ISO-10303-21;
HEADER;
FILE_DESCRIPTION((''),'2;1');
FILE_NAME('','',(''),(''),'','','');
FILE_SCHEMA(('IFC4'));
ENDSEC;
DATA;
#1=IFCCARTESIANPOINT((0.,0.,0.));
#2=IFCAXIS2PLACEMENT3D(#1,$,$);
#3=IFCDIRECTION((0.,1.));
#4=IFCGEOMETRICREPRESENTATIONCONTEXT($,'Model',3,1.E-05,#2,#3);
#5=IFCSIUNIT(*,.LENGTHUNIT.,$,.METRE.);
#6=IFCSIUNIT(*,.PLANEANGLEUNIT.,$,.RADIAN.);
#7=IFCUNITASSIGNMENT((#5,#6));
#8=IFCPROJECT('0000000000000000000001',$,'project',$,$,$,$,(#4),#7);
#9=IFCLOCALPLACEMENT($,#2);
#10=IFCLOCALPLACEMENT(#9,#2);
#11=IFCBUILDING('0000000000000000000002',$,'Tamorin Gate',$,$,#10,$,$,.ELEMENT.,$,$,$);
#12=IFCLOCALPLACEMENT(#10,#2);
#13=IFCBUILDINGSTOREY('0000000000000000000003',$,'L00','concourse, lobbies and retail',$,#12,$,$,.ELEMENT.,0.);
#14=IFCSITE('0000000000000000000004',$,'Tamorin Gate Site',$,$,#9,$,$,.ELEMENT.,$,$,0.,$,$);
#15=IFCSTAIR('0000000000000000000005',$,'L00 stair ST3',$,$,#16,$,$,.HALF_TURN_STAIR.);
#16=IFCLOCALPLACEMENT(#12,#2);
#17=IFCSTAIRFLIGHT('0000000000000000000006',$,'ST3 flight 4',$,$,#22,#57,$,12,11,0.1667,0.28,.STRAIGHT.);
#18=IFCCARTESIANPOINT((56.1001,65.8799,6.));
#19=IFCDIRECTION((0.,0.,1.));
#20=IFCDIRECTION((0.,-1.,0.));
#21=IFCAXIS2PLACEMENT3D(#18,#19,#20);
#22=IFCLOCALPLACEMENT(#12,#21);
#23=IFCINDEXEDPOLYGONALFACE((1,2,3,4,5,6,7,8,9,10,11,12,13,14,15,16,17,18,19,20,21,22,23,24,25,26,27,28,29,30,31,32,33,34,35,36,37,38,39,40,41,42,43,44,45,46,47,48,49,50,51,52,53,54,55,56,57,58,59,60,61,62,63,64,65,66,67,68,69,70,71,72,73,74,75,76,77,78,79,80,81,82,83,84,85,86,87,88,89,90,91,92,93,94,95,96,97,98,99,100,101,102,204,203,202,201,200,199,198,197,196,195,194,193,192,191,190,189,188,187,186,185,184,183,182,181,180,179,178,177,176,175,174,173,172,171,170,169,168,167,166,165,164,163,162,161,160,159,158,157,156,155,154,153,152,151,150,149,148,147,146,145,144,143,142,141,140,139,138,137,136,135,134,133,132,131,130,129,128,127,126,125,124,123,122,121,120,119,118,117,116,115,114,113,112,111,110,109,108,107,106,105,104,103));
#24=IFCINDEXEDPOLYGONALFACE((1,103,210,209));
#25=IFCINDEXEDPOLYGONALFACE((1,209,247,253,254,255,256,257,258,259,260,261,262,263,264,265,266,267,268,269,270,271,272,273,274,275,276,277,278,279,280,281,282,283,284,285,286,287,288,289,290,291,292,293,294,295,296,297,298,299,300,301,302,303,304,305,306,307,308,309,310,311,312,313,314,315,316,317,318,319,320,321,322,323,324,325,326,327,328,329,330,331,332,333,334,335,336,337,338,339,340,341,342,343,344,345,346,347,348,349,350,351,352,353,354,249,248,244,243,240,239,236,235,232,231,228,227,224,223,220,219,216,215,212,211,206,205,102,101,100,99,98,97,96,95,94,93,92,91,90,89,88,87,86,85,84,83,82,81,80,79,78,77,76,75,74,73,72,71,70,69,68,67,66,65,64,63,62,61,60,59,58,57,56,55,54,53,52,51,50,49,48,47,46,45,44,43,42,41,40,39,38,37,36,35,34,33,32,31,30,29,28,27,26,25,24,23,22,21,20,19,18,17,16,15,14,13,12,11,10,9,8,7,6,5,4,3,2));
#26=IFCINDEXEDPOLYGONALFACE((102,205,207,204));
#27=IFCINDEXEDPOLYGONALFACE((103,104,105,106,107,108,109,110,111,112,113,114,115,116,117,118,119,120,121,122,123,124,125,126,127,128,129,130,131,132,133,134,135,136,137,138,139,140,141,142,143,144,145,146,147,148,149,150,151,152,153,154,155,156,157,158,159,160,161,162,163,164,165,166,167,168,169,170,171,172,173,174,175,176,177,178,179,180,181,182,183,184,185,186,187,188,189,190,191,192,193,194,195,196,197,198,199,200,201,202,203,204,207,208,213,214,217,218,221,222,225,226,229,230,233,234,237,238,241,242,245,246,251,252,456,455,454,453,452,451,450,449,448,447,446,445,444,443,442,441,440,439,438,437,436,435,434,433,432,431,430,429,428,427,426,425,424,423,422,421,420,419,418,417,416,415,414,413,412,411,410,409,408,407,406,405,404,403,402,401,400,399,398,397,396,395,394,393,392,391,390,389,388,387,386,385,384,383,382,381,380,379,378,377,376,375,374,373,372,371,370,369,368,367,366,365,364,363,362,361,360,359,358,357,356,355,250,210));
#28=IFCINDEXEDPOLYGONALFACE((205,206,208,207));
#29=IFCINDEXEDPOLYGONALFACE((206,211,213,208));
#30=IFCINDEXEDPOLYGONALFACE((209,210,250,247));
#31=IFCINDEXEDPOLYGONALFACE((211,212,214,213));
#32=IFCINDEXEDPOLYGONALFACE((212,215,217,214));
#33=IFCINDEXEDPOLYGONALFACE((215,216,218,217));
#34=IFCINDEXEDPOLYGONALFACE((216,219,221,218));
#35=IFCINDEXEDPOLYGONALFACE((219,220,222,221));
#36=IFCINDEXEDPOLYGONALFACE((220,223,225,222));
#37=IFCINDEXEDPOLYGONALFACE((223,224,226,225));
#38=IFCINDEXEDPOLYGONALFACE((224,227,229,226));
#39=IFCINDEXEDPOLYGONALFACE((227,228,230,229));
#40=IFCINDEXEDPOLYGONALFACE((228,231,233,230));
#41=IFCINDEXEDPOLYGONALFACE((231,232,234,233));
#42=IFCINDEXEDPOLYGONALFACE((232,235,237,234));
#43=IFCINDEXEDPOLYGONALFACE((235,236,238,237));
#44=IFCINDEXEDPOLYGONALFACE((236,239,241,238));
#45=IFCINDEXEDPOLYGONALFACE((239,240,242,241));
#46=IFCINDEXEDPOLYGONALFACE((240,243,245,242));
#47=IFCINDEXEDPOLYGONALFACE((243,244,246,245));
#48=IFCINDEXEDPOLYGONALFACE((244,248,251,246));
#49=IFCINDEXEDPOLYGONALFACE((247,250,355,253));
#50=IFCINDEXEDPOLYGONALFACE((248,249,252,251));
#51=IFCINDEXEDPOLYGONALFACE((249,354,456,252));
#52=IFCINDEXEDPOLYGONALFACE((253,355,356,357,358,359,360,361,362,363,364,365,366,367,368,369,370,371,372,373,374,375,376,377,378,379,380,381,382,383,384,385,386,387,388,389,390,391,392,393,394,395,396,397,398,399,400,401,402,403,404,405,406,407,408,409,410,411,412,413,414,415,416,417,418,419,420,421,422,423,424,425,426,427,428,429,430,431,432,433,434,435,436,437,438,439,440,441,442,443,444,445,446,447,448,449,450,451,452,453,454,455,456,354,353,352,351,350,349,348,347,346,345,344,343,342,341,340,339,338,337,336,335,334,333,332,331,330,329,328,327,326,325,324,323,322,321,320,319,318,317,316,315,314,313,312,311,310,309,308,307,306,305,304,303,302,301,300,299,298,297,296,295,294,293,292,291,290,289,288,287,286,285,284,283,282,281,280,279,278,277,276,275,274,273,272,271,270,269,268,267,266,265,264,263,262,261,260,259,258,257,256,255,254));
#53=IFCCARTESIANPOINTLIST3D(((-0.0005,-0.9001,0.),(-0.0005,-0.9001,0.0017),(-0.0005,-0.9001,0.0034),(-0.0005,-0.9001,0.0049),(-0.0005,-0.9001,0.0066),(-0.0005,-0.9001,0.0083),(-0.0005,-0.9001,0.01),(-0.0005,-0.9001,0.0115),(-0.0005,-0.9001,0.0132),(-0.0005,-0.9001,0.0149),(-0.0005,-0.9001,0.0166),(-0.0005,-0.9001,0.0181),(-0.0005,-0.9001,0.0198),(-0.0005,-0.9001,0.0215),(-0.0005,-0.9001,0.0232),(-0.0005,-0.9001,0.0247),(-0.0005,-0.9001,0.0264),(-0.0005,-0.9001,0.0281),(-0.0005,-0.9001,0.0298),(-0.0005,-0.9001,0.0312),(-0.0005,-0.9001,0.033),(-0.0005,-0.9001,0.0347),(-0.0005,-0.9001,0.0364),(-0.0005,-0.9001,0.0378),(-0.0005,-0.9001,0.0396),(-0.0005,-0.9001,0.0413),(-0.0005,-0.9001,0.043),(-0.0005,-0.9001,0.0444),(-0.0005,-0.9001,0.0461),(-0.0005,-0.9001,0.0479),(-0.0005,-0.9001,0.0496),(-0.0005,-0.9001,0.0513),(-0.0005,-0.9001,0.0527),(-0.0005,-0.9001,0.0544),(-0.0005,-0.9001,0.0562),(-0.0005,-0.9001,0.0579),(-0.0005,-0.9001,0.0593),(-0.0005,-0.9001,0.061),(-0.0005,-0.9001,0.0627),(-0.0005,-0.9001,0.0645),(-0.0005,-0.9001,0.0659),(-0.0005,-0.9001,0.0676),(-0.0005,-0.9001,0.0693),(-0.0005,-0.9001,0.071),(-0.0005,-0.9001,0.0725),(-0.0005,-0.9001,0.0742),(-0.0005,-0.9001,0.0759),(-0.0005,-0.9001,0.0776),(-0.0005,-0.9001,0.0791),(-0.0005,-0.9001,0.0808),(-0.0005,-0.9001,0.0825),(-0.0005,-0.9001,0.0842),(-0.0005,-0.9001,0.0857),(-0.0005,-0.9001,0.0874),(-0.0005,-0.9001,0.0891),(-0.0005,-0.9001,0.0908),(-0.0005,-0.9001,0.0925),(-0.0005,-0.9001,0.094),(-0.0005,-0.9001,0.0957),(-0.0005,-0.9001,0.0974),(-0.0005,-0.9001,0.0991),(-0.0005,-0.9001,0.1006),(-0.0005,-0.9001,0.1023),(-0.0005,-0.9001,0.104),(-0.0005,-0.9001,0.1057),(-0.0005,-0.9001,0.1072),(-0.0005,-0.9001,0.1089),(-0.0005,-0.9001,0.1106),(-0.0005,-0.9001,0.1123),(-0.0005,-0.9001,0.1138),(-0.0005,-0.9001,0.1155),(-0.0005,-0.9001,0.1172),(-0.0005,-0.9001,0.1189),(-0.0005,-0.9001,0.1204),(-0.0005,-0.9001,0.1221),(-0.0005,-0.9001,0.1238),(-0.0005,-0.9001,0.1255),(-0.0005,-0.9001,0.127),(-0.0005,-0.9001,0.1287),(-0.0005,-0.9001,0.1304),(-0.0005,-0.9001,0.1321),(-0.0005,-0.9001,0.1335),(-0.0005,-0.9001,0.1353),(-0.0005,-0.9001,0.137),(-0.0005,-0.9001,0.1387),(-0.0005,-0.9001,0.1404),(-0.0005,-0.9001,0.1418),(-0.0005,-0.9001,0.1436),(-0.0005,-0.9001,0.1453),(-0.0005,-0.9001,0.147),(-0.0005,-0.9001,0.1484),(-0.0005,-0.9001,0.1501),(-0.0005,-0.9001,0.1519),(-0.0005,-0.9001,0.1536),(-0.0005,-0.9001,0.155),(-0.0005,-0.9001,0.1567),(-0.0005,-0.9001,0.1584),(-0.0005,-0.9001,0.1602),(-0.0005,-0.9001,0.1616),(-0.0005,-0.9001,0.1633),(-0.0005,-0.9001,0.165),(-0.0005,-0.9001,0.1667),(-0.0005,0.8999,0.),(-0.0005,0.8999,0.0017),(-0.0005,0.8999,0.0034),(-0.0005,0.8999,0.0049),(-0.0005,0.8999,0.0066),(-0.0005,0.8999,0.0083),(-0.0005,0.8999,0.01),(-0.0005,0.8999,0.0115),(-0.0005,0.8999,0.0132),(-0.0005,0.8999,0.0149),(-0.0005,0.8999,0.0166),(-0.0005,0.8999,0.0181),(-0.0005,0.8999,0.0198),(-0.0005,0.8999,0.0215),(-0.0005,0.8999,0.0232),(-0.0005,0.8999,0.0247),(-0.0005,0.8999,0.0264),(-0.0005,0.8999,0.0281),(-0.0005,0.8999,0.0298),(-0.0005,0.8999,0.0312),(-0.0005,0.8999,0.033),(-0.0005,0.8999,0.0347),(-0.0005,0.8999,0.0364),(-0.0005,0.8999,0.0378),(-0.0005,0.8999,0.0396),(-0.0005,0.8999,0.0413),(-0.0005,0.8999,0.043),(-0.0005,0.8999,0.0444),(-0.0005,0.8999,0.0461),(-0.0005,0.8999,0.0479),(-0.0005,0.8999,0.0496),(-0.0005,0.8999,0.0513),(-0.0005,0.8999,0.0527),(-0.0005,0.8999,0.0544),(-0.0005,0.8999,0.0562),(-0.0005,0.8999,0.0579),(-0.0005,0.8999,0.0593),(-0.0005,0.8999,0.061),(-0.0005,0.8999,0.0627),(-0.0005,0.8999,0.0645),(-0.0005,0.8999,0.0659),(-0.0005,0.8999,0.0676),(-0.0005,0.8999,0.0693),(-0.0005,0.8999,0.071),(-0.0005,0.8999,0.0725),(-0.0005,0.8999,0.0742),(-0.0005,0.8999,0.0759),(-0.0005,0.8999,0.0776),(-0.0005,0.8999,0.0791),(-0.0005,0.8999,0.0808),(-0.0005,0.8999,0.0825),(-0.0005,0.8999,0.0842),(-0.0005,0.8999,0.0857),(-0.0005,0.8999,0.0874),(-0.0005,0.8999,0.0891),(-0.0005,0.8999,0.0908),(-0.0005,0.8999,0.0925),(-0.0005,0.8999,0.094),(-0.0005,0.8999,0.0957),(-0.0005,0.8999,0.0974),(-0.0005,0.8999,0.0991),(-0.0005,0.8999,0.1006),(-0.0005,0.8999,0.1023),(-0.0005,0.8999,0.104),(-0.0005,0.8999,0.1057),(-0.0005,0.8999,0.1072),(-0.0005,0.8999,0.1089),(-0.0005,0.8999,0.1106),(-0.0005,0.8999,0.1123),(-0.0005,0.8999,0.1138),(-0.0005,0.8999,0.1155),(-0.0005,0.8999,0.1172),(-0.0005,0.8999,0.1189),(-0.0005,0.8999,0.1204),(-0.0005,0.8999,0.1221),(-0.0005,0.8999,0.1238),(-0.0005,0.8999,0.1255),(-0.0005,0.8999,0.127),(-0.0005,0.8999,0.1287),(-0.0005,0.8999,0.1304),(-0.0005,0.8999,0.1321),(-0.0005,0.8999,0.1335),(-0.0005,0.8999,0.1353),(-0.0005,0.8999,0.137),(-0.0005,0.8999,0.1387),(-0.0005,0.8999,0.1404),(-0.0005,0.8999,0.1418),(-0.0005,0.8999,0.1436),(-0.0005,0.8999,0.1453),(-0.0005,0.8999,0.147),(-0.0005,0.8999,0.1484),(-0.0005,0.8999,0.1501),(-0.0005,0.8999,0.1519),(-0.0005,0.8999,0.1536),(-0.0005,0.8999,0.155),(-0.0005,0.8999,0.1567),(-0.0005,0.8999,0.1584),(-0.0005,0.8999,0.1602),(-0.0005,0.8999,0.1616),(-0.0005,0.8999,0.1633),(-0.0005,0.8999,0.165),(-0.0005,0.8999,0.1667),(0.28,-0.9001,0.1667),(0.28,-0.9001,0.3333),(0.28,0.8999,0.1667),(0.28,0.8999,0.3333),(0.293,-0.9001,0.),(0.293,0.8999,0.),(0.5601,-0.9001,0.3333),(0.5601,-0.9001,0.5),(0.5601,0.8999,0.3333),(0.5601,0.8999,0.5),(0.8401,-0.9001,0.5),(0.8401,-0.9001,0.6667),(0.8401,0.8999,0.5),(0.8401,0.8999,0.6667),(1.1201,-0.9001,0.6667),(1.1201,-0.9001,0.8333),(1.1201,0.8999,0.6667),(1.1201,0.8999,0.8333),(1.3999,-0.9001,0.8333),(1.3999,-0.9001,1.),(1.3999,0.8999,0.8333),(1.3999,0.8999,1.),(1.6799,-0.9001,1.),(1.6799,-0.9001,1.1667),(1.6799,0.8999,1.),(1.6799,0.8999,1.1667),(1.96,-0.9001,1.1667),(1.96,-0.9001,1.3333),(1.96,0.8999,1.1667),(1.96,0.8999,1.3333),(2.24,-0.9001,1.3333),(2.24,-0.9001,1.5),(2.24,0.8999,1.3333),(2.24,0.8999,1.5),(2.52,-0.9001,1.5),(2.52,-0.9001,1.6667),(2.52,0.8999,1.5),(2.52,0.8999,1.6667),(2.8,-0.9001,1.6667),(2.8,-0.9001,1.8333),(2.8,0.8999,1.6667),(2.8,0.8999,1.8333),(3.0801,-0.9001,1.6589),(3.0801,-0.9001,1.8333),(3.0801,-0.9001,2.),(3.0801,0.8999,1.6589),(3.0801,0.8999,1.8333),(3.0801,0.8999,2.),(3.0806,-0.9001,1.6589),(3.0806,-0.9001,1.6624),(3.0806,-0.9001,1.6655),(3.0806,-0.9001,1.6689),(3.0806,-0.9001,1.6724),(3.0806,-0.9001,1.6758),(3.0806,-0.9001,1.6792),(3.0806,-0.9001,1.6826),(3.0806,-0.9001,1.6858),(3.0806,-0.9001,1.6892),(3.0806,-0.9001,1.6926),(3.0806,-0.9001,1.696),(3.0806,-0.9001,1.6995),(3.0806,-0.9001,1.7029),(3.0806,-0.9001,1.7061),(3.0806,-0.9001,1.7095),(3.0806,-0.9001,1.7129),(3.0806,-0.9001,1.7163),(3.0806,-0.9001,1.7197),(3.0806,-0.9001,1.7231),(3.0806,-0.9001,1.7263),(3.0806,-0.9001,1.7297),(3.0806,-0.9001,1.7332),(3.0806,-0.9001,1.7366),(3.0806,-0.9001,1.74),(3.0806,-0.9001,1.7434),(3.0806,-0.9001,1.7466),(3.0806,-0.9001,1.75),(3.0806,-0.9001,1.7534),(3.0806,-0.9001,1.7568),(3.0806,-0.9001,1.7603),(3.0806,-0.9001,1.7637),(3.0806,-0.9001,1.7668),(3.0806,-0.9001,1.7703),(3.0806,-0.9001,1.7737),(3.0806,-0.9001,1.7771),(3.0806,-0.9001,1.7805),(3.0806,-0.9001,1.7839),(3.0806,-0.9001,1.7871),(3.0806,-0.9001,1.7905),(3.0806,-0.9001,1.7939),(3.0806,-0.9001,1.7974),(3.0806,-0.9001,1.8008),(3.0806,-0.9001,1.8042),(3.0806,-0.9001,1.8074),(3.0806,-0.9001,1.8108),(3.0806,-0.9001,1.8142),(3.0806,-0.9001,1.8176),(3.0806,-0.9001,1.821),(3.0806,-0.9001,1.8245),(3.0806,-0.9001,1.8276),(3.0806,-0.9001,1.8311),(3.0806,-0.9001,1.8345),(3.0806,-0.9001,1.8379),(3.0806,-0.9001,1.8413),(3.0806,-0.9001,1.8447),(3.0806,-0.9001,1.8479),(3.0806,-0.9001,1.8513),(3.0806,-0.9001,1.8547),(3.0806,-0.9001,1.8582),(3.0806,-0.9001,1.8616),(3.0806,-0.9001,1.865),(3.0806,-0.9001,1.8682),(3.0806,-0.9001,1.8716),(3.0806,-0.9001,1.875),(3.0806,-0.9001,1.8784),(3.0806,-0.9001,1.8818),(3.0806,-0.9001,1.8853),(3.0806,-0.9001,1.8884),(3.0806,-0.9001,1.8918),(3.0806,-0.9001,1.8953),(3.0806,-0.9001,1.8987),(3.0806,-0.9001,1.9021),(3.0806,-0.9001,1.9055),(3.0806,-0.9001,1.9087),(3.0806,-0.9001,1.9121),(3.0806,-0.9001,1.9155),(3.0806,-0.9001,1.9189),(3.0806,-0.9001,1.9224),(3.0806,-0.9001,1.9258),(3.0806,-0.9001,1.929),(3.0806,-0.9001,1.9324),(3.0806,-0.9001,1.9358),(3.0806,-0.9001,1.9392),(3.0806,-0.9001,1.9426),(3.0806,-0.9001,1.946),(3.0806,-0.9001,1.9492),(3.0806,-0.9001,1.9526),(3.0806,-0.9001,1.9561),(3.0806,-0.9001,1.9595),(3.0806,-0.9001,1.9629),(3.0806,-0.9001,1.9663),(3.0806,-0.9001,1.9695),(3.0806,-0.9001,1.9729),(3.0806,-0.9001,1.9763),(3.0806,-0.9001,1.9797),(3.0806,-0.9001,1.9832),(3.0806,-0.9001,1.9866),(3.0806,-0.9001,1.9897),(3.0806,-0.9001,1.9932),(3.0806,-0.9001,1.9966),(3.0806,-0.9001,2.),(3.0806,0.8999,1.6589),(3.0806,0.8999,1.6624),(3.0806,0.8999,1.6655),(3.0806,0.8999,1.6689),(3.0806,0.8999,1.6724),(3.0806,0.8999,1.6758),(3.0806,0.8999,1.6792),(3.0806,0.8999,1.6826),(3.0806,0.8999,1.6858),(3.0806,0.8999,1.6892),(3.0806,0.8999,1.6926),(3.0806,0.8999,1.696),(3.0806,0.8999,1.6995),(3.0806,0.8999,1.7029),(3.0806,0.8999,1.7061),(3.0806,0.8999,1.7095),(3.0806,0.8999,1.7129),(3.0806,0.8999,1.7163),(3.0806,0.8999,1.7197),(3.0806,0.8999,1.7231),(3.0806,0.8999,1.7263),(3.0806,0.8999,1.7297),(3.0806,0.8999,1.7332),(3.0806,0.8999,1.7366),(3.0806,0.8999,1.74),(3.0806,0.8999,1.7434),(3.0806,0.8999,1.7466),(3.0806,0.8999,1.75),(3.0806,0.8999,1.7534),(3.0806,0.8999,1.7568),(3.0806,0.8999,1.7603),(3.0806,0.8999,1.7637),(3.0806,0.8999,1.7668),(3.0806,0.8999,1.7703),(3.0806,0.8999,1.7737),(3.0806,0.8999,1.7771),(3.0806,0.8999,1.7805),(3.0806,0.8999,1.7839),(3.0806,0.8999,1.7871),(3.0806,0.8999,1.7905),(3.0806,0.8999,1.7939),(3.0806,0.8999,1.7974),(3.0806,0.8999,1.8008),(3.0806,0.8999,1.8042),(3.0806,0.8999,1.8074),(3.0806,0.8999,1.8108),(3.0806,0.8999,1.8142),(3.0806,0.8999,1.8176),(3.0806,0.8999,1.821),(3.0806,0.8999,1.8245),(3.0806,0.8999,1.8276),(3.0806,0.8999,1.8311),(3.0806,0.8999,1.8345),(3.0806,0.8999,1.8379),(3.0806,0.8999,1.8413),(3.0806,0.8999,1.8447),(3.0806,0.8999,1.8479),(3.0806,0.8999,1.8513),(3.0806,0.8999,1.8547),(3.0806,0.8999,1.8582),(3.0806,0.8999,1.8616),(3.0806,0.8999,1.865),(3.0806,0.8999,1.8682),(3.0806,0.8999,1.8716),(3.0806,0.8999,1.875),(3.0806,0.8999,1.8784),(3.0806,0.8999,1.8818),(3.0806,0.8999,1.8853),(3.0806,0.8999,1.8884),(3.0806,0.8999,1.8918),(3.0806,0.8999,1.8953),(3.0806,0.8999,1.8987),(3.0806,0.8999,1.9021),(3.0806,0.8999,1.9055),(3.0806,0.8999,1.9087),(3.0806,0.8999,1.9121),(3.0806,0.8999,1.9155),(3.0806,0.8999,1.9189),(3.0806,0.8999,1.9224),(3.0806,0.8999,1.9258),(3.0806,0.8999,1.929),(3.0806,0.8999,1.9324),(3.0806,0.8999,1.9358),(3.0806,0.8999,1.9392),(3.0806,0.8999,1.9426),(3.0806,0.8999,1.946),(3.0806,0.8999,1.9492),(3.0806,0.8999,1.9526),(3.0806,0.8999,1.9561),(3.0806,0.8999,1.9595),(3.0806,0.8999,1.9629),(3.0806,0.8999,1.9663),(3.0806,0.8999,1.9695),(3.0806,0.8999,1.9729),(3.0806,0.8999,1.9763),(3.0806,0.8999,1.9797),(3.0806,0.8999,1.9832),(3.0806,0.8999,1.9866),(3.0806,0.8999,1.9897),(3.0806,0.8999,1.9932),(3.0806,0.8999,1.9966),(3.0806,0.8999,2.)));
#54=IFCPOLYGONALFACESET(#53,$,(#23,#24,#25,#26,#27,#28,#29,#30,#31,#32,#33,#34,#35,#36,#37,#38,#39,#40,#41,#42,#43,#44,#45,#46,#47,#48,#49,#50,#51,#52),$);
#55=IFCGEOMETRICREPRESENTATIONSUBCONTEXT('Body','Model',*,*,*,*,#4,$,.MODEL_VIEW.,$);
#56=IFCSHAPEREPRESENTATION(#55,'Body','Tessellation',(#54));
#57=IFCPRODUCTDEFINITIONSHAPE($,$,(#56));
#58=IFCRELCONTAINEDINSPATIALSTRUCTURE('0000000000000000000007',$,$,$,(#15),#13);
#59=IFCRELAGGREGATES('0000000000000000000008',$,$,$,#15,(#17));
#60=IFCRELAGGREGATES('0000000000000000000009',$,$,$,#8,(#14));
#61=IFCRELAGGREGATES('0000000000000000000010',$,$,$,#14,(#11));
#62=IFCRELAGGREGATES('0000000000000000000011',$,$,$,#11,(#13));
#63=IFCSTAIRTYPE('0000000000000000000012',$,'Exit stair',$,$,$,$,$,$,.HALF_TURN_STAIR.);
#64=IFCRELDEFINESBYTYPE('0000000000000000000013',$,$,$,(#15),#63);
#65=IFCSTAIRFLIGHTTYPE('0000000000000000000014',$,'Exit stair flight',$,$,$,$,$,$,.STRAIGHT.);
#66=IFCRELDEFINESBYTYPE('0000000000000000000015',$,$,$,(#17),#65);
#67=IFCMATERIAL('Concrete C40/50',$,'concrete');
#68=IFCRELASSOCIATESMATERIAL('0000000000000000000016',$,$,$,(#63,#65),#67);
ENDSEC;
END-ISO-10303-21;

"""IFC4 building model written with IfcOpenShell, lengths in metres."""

from ifc_helpers import new_model, si_unit, direction, frame, origin, place, context, subcontext, project, spatial, polyline, outline, extrude, material, type_object, element, aggregate, save


model = new_model("IFC4")

# Units and contexts
model_context = context("Model", 3, precision=1e-05, world=origin(), true_north=direction((0.0, 1.0)))
body_context = subcontext(model_context, "Body", "Model", "MODEL_VIEW")
ifc_project = project(units=[si_unit("LENGTHUNIT", "METRE"), si_unit("PLANEANGLEUNIT", "RADIAN")], contexts=[model_context])

# Site, building, storey
site_placement = place(None, origin())
site = spatial("IfcSite", under=ifc_project, at=site_placement, Name="Tamorin Gate Site", CompositionType="ELEMENT", RefElevation=0.0)
building_placement = place(site_placement, origin())
building = spatial("IfcBuilding", under=site, at=building_placement, Name="Tamorin Gate", CompositionType="ELEMENT")
storey_placement = place(building_placement, origin())
storey = spatial("IfcBuildingStorey", under=building, at=storey_placement, Name="L00", Description="concourse, lobbies and retail", CompositionType="ELEMENT", Elevation=0.0)

# Shared definitions
ifc_material_1 = material(Name="Concrete C40/50", Category="concrete")

# Stair, stair flight
stair_type = type_object("IfcStairType", Name="Exit stair", PredefinedType="HALF_TURN_STAIR", material=ifc_material_1)
stair_placement = place(storey_placement, origin())
stair = element("IfcStair", 1, at=stair_placement, inside=storey, type_object=stair_type, Name="L00 stair ST3", PredefinedType="HALF_TURN_STAIR")
stair_flight_type = type_object("IfcStairFlightType", Name="Exit stair flight", PredefinedType="STRAIGHT", material=ifc_material_1)
stair_flight_1_placement = place(storey_placement, frame((56.1001, 65.8799, 6.0), z_axis=(0.0, 0.0, 1.0), x_axis=(0.0, -1.0, 0.0)))
stair_flight_1 = element("IfcStairFlight", 2, at=stair_flight_1_placement, type_object=stair_flight_type, Name="ST3 flight 4", NumberOfRisers=12, NumberOfTreads=11, PredefinedType="STRAIGHT", RiserHeight=0.1667, TreadLength=0.28, context=body_context, shape_type="SweptSolid", body=[
    extrude(outline(polyline([(-0.0005, 0.0), (-0.0005, 0.0017), (-0.0005, 0.0034), (-0.0005, 0.0049), (-0.0005, 0.0066), (-0.0005, 0.0083), (-0.0005, 0.01), (-0.0005, 0.0115), (-0.0005, 0.0132), (-0.0005, 0.0149), (-0.0005, 0.0166), (-0.0005, 0.0181), (-0.0005, 0.0198), (-0.0005, 0.0215), (-0.0005, 0.0232), (-0.0005, 0.0247), (-0.0005, 0.0264), (-0.0005, 0.0281), (-0.0005, 0.0298), (-0.0005, 0.0312), (-0.0005, 0.033), (-0.0005, 0.0347), (-0.0005, 0.0364), (-0.0005, 0.0378), (-0.0005, 0.0396), (-0.0005, 0.0413), (-0.0005, 0.043), (-0.0005, 0.0444), (-0.0005, 0.0461), (-0.0005, 0.0479), (-0.0005, 0.0496), (-0.0005, 0.0513), (-0.0005, 0.0527), (-0.0005, 0.0544), (-0.0005, 0.0562), (-0.0005, 0.0579), (-0.0005, 0.0593), (-0.0005, 0.061), (-0.0005, 0.0627), (-0.0005, 0.0645), (-0.0005, 0.0659), (-0.0005, 0.0676), (-0.0005, 0.0693), (-0.0005, 0.071), (-0.0005, 0.0725), (-0.0005, 0.0742), (-0.0005, 0.0759), (-0.0005, 0.0776), (-0.0005, 0.0791), (-0.0005, 0.0808), (-0.0005, 0.0825), (-0.0005, 0.0842), (-0.0005, 0.0857), (-0.0005, 0.0874), (-0.0005, 0.0891), (-0.0005, 0.0908), (-0.0005, 0.0925), (-0.0005, 0.094), (-0.0005, 0.0957), (-0.0005, 0.0974), (-0.0005, 0.0991), (-0.0005, 0.1006), (-0.0005, 0.1023), (-0.0005, 0.104), (-0.0005, 0.1057), (-0.0005, 0.1072), (-0.0005, 0.1089), (-0.0005, 0.1106), (-0.0005, 0.1123), (-0.0005, 0.1138), (-0.0005, 0.1155), (-0.0005, 0.1172), (-0.0005, 0.1189), (-0.0005, 0.1204), (-0.0005, 0.1221), (-0.0005, 0.1238), (-0.0005, 0.1255), (-0.0005, 0.127), (-0.0005, 0.1287), (-0.0005, 0.1304), (-0.0005, 0.1321), (-0.0005, 0.1335), (-0.0005, 0.1353), (-0.0005, 0.137), (-0.0005, 0.1387), (-0.0005, 0.1404), (-0.0005, 0.1418), (-0.0005, 0.1436), (-0.0005, 0.1453), (-0.0005, 0.147), (-0.0005, 0.1484), (-0.0005, 0.1501), (-0.0005, 0.1519), (-0.0005, 0.1536), (-0.0005, 0.155), (-0.0005, 0.1567), (-0.0005, 0.1584), (-0.0005, 0.1602), (-0.0005, 0.1616), (-0.0005, 0.1633), (-0.0005, 0.165), (-0.0005, 0.1667), (0.28, 0.1667), (0.28, 0.3333), (0.5601, 0.3333), (0.5601, 0.5), (0.8401, 0.5), (0.8401, 0.6667), (1.1201, 0.6667), (1.1201, 0.8333), (1.3999, 0.8333), (1.3999, 1.0), (1.6799, 1.0), (1.6799, 1.1667), (1.96, 1.1667), (1.96, 1.3333), (2.24, 1.3333), (2.24, 1.5), (2.52, 1.5), (2.52, 1.6667), (2.8, 1.6667), (2.8, 1.8333), (3.0801, 1.8333), (3.0801, 2.0), (3.0806, 2.0), (3.0806, 1.9966), (3.0806, 1.9932), (3.0806, 1.9897), (3.0806, 1.9866), (3.0806, 1.9832), (3.0806, 1.9797), (3.0806, 1.9763), (3.0806, 1.9729), (3.0806, 1.9695), (3.0806, 1.9663), (3.0806, 1.9629), (3.0806, 1.9595), (3.0806, 1.9561), (3.0806, 1.9526), (3.0806, 1.9492), (3.0806, 1.946), (3.0806, 1.9426), (3.0806, 1.9392), (3.0806, 1.9358), (3.0806, 1.9324), (3.0806, 1.929), (3.0806, 1.9258), (3.0806, 1.9224), (3.0806, 1.9189), (3.0806, 1.9155), (3.0806, 1.9121), (3.0806, 1.9087), (3.0806, 1.9055), (3.0806, 1.9021), (3.0806, 1.8987), (3.0806, 1.8953), (3.0806, 1.8918), (3.0806, 1.8884), (3.0806, 1.8853), (3.0806, 1.8818), (3.0806, 1.8784), (3.0806, 1.875), (3.0806, 1.8716), (3.0806, 1.8682), (3.0806, 1.865), (3.0806, 1.8616), (3.0806, 1.8582), (3.0806, 1.8547), (3.0806, 1.8513), (3.0806, 1.8479), (3.0806, 1.8447), (3.0806, 1.8413), (3.0806, 1.8379), (3.0806, 1.8345), (3.0806, 1.8311), (3.0806, 1.8276), (3.0806, 1.8245), (3.0806, 1.821), (3.0806, 1.8176), (3.0806, 1.8142), (3.0806, 1.8108), (3.0806, 1.8074), (3.0806, 1.8042), (3.0806, 1.8008), (3.0806, 1.7974), (3.0806, 1.7939), (3.0806, 1.7905), (3.0806, 1.7871), (3.0806, 1.7839), (3.0806, 1.7805), (3.0806, 1.7771), (3.0806, 1.7737), (3.0806, 1.7703), (3.0806, 1.7668), (3.0806, 1.7637), (3.0806, 1.7603), (3.0806, 1.7568), (3.0806, 1.7534), (3.0806, 1.75), (3.0806, 1.7466), (3.0806, 1.7434), (3.0806, 1.74), (3.0806, 1.7366), (3.0806, 1.7332), (3.0806, 1.7297), (3.0806, 1.7263), (3.0806, 1.7231), (3.0806, 1.7197), (3.0806, 1.7163), (3.0806, 1.7129), (3.0806, 1.7095), (3.0806, 1.7061), (3.0806, 1.7029), (3.0806, 1.6995), (3.0806, 1.696), (3.0806, 1.6926), (3.0806, 1.6892), (3.0806, 1.6858), (3.0806, 1.6826), (3.0806, 1.6792), (3.0806, 1.6758), (3.0806, 1.6724), (3.0806, 1.6689), (3.0806, 1.6655), (3.0806, 1.6624), (3.0806, 1.6589), (3.0801, 1.6589), (0.293, 0.0), (-0.0005, 0.0)])), frame((0.0, 0.8999, 0.0), z_axis=(0.0, -1.0, 0.0), x_axis=(1.0, 0.0, 0.0)), (0.0, 0.0, 1.0), 1.8),
])
aggregate(stair, [stair_flight_1])

save(model, "model.ifc")
